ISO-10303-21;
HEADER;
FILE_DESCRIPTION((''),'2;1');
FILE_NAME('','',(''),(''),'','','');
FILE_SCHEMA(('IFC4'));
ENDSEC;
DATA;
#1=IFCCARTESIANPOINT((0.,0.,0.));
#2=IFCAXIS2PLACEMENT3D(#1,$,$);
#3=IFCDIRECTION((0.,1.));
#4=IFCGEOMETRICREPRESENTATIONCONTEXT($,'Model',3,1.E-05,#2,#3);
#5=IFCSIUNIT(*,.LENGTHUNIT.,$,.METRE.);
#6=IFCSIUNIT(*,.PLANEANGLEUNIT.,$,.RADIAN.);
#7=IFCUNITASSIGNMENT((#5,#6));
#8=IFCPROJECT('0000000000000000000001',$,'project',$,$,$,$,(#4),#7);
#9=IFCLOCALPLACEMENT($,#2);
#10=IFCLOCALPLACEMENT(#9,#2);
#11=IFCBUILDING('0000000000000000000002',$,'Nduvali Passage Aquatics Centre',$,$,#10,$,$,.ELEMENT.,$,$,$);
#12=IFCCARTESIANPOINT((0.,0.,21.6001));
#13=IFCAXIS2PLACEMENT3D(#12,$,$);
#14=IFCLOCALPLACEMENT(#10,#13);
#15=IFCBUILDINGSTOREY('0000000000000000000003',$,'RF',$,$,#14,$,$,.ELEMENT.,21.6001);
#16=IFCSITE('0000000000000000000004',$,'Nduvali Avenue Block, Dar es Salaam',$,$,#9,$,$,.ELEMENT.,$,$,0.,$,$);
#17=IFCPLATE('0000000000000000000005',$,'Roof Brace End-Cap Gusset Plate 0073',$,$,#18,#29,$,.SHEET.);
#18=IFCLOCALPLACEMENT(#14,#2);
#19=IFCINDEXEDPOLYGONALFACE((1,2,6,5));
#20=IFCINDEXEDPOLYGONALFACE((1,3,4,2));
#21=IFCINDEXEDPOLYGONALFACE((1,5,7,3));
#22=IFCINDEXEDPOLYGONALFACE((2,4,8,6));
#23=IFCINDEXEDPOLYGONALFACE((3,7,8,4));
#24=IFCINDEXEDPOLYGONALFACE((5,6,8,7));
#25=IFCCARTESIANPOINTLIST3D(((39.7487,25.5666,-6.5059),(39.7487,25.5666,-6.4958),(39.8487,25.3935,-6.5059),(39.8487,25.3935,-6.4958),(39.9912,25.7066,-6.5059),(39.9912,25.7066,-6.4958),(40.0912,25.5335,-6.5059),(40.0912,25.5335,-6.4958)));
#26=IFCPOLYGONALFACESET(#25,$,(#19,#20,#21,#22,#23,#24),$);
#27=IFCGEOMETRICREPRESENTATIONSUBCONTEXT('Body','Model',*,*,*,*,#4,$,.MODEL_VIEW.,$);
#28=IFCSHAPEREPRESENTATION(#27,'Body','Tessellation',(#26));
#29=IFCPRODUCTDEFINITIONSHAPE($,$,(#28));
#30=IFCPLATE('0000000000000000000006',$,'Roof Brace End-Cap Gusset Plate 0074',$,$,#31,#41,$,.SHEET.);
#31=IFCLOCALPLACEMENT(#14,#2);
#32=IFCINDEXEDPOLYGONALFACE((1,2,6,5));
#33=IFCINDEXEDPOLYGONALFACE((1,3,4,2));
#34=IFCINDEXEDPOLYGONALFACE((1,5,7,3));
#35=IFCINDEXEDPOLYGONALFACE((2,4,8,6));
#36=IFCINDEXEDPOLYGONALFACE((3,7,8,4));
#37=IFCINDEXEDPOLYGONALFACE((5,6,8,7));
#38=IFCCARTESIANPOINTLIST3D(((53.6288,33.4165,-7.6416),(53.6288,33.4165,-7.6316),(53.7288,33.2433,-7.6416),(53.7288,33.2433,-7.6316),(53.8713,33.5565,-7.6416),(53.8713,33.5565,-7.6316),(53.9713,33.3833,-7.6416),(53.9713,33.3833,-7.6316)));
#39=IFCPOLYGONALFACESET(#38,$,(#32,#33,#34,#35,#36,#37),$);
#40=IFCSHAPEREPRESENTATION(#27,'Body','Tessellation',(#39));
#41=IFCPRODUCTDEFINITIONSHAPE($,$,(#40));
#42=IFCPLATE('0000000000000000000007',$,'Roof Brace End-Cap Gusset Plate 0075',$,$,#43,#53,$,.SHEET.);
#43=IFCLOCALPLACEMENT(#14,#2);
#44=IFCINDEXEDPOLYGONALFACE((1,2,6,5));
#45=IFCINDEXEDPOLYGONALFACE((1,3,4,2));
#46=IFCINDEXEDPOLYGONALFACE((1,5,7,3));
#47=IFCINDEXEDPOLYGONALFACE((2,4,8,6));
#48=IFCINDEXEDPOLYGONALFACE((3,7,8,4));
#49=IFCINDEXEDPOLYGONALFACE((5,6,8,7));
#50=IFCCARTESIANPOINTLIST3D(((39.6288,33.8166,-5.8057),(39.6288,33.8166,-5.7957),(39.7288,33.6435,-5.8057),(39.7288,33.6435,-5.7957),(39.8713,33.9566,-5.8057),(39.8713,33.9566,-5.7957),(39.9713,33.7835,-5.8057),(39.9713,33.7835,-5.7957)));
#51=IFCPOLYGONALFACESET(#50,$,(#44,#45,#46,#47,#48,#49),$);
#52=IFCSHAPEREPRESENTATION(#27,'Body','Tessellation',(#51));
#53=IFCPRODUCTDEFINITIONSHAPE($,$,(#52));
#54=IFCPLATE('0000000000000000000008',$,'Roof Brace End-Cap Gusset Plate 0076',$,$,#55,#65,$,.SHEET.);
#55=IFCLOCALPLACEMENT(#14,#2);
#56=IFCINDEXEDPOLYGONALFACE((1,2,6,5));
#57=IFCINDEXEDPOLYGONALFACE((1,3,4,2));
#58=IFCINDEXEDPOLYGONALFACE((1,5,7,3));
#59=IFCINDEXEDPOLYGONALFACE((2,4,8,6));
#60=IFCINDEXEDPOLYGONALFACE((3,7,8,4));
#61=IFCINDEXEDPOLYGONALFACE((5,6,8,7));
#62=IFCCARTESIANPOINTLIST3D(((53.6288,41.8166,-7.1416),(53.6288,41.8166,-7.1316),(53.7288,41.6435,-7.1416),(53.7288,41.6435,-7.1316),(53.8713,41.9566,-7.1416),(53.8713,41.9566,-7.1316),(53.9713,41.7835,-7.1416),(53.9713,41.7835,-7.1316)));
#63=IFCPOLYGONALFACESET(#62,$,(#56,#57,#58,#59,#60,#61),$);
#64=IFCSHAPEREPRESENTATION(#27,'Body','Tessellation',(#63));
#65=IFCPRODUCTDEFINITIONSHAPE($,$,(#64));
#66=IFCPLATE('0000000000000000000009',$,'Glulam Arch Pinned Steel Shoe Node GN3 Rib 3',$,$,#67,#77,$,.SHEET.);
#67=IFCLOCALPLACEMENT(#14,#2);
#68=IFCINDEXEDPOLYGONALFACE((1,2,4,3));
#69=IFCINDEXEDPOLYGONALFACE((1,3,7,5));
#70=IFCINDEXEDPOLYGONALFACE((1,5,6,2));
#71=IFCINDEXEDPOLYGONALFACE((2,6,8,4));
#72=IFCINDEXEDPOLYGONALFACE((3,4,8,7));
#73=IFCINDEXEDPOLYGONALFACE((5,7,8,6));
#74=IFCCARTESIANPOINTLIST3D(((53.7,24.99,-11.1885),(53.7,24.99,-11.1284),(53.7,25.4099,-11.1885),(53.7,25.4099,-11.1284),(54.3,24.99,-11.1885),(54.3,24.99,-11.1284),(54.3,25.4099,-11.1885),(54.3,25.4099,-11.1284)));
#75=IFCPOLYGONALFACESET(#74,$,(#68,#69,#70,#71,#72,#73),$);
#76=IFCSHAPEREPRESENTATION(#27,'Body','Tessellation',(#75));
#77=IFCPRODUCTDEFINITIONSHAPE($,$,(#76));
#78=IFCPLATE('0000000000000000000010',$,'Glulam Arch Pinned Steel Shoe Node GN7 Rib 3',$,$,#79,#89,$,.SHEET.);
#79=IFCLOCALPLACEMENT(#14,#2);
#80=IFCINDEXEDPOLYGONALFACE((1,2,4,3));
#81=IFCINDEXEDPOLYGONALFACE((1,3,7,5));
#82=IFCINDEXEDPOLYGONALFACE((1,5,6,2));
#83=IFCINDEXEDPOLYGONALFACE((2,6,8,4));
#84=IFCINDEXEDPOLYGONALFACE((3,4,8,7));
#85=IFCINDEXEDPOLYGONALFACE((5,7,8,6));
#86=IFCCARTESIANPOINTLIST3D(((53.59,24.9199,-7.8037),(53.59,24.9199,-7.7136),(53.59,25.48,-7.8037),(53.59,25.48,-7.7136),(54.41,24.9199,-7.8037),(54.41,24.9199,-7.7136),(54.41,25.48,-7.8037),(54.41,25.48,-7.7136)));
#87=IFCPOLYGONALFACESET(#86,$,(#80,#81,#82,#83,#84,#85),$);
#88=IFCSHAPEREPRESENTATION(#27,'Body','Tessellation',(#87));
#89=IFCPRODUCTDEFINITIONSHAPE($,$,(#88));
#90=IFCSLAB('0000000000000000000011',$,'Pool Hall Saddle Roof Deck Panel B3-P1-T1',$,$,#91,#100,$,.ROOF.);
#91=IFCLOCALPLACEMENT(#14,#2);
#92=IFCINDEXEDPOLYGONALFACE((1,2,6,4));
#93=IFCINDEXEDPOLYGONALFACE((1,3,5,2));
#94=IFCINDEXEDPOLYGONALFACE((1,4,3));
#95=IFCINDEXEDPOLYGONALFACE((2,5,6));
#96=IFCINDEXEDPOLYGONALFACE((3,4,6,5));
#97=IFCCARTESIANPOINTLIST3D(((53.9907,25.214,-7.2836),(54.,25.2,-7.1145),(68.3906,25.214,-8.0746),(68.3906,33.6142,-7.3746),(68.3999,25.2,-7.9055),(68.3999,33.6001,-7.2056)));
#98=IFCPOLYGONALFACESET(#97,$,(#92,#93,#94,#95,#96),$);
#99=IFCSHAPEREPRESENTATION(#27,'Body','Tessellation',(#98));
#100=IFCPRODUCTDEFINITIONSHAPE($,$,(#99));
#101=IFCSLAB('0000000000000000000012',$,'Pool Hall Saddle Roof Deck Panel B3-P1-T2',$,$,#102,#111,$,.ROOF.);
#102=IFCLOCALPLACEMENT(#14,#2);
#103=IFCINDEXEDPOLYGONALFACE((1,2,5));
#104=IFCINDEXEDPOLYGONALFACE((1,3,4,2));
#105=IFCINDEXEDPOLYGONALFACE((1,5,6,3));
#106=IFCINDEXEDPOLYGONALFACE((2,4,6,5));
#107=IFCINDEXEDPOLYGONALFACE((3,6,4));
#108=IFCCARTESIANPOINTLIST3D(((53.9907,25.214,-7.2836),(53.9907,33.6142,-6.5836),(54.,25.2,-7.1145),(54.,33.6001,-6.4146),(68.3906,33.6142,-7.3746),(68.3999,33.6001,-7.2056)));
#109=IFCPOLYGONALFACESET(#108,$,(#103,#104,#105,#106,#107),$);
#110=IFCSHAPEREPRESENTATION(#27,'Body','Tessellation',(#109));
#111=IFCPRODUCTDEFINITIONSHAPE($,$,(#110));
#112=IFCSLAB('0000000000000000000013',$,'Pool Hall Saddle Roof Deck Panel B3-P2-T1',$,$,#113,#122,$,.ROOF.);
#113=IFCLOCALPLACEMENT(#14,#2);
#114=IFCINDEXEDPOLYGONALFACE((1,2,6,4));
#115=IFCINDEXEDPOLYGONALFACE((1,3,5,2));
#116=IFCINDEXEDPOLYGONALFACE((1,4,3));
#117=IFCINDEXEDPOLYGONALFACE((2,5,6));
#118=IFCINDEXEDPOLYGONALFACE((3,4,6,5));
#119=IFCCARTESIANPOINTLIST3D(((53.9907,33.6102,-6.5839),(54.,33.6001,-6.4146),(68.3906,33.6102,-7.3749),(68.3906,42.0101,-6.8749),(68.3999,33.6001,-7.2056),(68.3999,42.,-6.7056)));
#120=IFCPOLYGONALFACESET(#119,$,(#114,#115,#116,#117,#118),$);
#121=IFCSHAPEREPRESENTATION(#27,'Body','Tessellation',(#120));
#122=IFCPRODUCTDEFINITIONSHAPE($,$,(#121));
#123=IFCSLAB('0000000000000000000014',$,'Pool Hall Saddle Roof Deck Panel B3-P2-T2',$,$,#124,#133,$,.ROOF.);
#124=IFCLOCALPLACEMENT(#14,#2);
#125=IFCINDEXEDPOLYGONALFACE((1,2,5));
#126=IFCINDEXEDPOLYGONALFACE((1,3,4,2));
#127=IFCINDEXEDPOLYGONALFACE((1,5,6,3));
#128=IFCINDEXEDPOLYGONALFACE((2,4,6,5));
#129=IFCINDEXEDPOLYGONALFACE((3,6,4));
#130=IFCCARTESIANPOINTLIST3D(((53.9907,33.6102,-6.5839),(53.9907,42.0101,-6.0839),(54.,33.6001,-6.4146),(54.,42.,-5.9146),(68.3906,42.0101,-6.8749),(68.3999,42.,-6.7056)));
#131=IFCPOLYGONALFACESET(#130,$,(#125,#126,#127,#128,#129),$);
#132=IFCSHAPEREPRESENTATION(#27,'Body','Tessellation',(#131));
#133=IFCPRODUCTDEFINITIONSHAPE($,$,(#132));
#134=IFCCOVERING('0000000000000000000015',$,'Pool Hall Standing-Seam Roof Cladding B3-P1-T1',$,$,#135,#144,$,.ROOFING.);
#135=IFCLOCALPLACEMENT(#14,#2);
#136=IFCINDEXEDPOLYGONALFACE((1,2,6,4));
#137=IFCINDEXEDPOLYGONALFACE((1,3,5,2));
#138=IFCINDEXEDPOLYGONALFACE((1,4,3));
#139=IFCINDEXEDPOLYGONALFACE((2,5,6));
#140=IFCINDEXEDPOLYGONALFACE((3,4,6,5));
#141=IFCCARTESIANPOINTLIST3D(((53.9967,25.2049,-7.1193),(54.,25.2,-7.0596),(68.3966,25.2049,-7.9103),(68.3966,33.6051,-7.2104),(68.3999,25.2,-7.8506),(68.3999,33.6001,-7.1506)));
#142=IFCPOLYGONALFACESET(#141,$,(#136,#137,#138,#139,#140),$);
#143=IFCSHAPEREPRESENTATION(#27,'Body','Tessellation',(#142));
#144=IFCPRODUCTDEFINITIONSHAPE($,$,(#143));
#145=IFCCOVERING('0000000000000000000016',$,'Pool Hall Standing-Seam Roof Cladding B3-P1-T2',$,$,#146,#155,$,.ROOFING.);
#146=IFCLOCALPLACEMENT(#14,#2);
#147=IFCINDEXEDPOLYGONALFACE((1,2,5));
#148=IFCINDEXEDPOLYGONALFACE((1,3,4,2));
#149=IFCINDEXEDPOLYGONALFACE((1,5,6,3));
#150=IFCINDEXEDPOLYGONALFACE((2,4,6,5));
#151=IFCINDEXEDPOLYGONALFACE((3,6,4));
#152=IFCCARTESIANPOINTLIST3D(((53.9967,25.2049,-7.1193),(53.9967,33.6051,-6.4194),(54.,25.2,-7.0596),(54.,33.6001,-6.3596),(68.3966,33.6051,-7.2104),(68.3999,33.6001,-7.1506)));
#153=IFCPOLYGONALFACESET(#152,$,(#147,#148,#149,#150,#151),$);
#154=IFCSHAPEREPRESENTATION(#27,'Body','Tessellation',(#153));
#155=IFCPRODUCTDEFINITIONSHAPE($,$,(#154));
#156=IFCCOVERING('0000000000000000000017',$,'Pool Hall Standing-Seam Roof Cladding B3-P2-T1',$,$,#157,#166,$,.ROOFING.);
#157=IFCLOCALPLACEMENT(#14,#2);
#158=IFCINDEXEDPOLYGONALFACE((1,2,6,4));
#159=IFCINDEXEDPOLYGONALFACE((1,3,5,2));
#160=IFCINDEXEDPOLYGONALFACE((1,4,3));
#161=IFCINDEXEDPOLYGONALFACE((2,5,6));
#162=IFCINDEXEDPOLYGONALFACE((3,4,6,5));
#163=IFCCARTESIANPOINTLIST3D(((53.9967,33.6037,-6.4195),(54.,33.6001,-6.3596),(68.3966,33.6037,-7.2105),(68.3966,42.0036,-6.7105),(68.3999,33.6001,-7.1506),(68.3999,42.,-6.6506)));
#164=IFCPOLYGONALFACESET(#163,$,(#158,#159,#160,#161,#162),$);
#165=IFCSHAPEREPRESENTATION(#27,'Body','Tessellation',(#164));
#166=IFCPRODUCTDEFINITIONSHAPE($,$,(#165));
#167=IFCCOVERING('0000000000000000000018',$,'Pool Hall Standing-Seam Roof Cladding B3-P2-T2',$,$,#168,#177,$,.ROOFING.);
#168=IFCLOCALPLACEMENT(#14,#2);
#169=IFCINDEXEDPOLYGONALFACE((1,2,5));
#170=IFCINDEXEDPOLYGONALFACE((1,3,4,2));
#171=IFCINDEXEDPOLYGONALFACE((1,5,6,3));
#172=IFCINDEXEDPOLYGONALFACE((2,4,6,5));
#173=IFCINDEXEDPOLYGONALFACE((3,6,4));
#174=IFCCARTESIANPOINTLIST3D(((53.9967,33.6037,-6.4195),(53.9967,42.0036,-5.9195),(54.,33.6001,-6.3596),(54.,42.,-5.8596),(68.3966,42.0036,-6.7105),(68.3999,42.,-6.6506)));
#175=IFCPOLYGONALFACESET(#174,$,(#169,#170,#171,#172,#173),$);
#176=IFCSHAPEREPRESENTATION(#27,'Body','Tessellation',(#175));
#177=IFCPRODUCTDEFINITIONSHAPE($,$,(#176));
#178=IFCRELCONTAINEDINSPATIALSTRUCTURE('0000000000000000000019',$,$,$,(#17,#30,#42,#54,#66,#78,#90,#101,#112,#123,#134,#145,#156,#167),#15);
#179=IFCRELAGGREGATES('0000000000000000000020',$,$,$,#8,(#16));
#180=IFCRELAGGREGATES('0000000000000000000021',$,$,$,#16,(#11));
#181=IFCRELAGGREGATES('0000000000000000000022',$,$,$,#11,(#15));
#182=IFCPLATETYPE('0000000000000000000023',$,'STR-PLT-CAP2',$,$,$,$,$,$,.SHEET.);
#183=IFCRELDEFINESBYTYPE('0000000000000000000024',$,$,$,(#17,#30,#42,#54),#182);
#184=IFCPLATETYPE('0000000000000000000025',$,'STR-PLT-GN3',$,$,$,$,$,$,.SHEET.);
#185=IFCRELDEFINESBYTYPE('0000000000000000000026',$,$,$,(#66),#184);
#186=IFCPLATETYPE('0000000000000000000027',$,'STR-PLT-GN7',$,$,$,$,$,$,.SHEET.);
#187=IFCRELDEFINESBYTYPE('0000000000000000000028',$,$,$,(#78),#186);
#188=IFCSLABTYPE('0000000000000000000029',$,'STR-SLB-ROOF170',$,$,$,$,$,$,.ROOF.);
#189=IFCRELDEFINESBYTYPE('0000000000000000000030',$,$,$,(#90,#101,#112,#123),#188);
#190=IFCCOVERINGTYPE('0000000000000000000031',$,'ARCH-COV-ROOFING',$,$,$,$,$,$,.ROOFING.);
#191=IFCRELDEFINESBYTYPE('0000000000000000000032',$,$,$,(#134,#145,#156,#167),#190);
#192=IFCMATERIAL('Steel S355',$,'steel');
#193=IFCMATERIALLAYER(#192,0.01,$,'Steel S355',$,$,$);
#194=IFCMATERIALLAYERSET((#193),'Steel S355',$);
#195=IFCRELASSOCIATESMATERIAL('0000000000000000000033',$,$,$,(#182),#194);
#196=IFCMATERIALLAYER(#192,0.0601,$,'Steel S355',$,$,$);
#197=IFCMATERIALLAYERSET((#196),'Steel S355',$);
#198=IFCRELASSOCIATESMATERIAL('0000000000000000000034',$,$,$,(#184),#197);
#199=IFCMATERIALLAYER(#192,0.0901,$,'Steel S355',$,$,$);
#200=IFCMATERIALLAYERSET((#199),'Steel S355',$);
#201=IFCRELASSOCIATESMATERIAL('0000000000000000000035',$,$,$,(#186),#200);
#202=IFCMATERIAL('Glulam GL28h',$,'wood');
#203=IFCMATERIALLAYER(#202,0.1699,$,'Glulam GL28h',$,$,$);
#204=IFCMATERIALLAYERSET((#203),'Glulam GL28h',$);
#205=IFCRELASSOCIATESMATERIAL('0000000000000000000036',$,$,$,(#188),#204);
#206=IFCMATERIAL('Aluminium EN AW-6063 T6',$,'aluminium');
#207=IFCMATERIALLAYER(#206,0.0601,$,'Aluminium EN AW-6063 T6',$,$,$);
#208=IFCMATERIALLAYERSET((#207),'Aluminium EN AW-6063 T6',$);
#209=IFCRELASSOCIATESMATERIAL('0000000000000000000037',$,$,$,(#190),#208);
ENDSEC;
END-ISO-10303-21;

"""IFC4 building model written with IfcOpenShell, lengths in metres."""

from ifc_helpers import new_model, si_unit, direction, frame, origin, origin_2d, place, context, subcontext, project, spatial, polyline, rectangle, outline, extrude, material, layer, layer_set, type_object, element, save


model = new_model("IFC4")

# Units and contexts
model_context = context("Model", 3, precision=1e-05, world=origin(), true_north=direction((0.0, 1.0)))
body_context = subcontext(model_context, "Body", "Model", "MODEL_VIEW")
ifc_project = project(units=[si_unit("LENGTHUNIT", "METRE"), si_unit("PLANEANGLEUNIT", "RADIAN")], contexts=[model_context])

# Site, building, storey
site_placement = place(None, origin())
site = spatial("IfcSite", under=ifc_project, at=site_placement, Name="Nduvali Avenue Block, Dar es Salaam", CompositionType="ELEMENT", RefElevation=0.0)
building_placement = place(site_placement, origin())
building = spatial("IfcBuilding", under=site, at=building_placement, Name="Nduvali Passage Aquatics Centre", CompositionType="ELEMENT")
storey_placement = place(building_placement, frame((0.0, 0.0, 21.6001)))
storey = spatial("IfcBuildingStorey", under=building, at=storey_placement, Name="RF", CompositionType="ELEMENT", Elevation=21.6001)

# Shared definitions
ifc_material_1 = material(Name="Steel S355", Category="steel")
ifc_material_2 = material(Name="Glulam GL28h", Category="wood")

# Plates
ifc_layer_1 = layer(ifc_material_1, 0.01, Name="Steel S355")
ifc_layer_set_1 = layer_set([ifc_layer_1], Name="Steel S355")
plate_type_1 = type_object("IfcPlateType", Name="STR-PLT-CAP2", PredefinedType="SHEET", material=ifc_layer_set_1)
for number, where, z_axis, x_axis, name in (
    (1, (39.9199, 25.55, -6.5059), (0.0, 0.0, 1.0), (0.866025, 0.5, 0.0), "Roof Brace End-Cap Gusset Plate 0073"),
    (2, (53.8, 33.3999, -7.6416), (0.0, 0.0, 1.0), (0.866025, 0.5, 0.0), "Roof Brace End-Cap Gusset Plate 0074"),
    (3, (39.8, 33.8, -5.8057), (0.0, 0.0, 1.0), (0.866025, 0.5, 0.0), "Roof Brace End-Cap Gusset Plate 0075"),
    (4, (53.8, 41.8, -7.1416), (0.0, 0.0, 1.0), (0.866025, 0.5, 0.0), "Roof Brace End-Cap Gusset Plate 0076"),
):
    element("IfcPlate", number, at=place(storey_placement, frame(where, z_axis=z_axis, x_axis=x_axis)), inside=storey, type_object=plate_type_1, Name=name, PredefinedType="SHEET", context=body_context, shape_type="SweptSolid", body=[
        extrude(rectangle(XDim=0.28, YDim=0.2, at=origin_2d()), origin(), (0.0, 0.0, 1.0), 0.01),
    ])
ifc_layer_2 = layer(ifc_material_1, 0.0601, Name="Steel S355")
ifc_layer_set_2 = layer_set([ifc_layer_2], Name="Steel S355")
plate_type_2 = type_object("IfcPlateType", Name="STR-PLT-GN3", PredefinedType="SHEET", material=ifc_layer_set_2)
plate_1_placement = place(storey_placement, frame((54.0, 25.2, -11.1885), z_axis=(0.0, 0.0, 1.0), x_axis=(1.0, 0.0, 0.0)))
element("IfcPlate", 5, at=plate_1_placement, inside=storey, type_object=plate_type_2, Name="Glulam Arch Pinned Steel Shoe Node GN3 Rib 3", PredefinedType="SHEET", context=body_context, shape_type="SweptSolid", body=[
    extrude(rectangle(XDim=0.6001, YDim=0.4199, at=origin_2d()), origin(), (0.0, 0.0, 1.0), 0.0601),
])
ifc_layer_3 = layer(ifc_material_1, 0.0901, Name="Steel S355")
ifc_layer_set_3 = layer_set([ifc_layer_3], Name="Steel S355")
plate_type_3 = type_object("IfcPlateType", Name="STR-PLT-GN7", PredefinedType="SHEET", material=ifc_layer_set_3)
plate_2_placement = place(storey_placement, frame((54.0, 25.2, -7.8037), z_axis=(0.0, 0.0, 1.0), x_axis=(1.0, 0.0, 0.0)))
element("IfcPlate", 6, at=plate_2_placement, inside=storey, type_object=plate_type_3, Name="Glulam Arch Pinned Steel Shoe Node GN7 Rib 3", PredefinedType="SHEET", context=body_context, shape_type="SweptSolid", body=[
    extrude(rectangle(XDim=0.8201, YDim=0.5601, at=origin_2d()), origin(), (0.0, 0.0, 1.0), 0.0901),
])

# Slabs
ifc_layer_4 = layer(ifc_material_2, 0.1699, Name="Glulam GL28h")
ifc_layer_set_4 = layer_set([ifc_layer_4], Name="Glulam GL28h")
slab_type = type_object("IfcSlabType", Name="STR-SLB-ROOF170", PredefinedType="ROOF", material=ifc_layer_set_4)
slab_1_placement = place(storey_placement, frame((54.0, 25.2, -7.1145), z_axis=(0.05466, -0.082914, 0.995057), x_axis=(0.998495, 0.0, -0.054849)))
element("IfcSlab", 7, at=slab_1_placement, inside=storey, type_object=slab_type, Name="Pool Hall Saddle Roof Deck Panel B3-P1-T1", PredefinedType="ROOF", context=body_context, shape_type="SweptSolid", body=[
    extrude(outline(polyline([(0.0, 0.0), (14.4216, 0.0), (14.3832, 8.4292), (0.0, 0.0)])), origin(), (0.0, 0.0, -1.0), 0.1699),
])
slab_2_placement = place(storey_placement, frame((54.0, 25.2, -7.1145), z_axis=(0.05466, -0.082914, 0.995057), x_axis=(0.863761, 0.503873, -0.005462)))
element("IfcSlab", 8, at=slab_2_placement, inside=storey, type_object=slab_type, Name="Pool Hall Saddle Roof Deck Panel B3-P1-T2", PredefinedType="ROOF", context=body_context, shape_type="SweptSolid", body=[
    extrude(outline(polyline([(0.0, 0.0), (16.6712, 0.0), (4.2288, 7.2918), (0.0, 0.0)])), origin(), (0.0, 0.0, -1.0), 0.1699),
])
slab_3_placement = place(storey_placement, frame((54.0, 33.6001, -6.4146), z_axis=(0.054753, -0.05933, 0.996736), x_axis=(0.998495, 0.0, -0.054849)))
element("IfcSlab", 9, at=slab_3_placement, inside=storey, type_object=slab_type, Name="Pool Hall Saddle Roof Deck Panel B3-P2-T1", PredefinedType="ROOF", context=body_context, shape_type="SweptSolid", body=[
    extrude(outline(polyline([(0.0, 0.0), (14.4216, 0.0), (14.3942, 8.4147), (0.0, 0.0)])), origin(), (0.0, 0.0, -1.0), 0.1699),
])
slab_4_placement = place(storey_placement, frame((54.0, 33.6001, -6.4146), z_axis=(0.054753, -0.05933, 0.996736), x_axis=(0.863648, 0.503792, -0.017454)))
element("IfcSlab", 10, at=slab_4_placement, inside=storey, type_object=slab_type, Name="Pool Hall Saddle Roof Deck Panel B3-P2-T2", PredefinedType="ROOF", context=body_context, shape_type="SweptSolid", body=[
    extrude(outline(polyline([(0.0, 0.0), (16.6733, 0.0), (4.2231, 7.2783), (0.0, 0.0)])), origin(), (0.0, 0.0, -1.0), 0.1699),
])

# Coverings
ifc_material_3 = material(Name="Aluminium EN AW-6063 T6", Category="aluminium")
ifc_layer_5 = layer(ifc_material_3, 0.0601, Name="Aluminium EN AW-6063 T6")
ifc_layer_set_5 = layer_set([ifc_layer_5], Name="Aluminium EN AW-6063 T6")
covering_type = type_object("IfcCoveringType", Name="ARCH-COV-ROOFING", PredefinedType="ROOFING", material=ifc_layer_set_5)
covering_1_placement = place(storey_placement, frame((54.0, 25.2, -7.0596), z_axis=(0.05466, -0.082914, 0.995057), x_axis=(0.998495, 0.0, -0.054849)))
element("IfcCovering", 11, at=covering_1_placement, inside=storey, type_object=covering_type, Name="Pool Hall Standing-Seam Roof Cladding B3-P1-T1", PredefinedType="ROOFING", context=body_context, shape_type="SweptSolid", body=[
    extrude(outline(polyline([(0.0, 0.0), (14.4216, 0.0), (14.3832, 8.4292), (0.0, 0.0)])), origin(), (0.0, 0.0, -1.0), 0.0601),
])
covering_2_placement = place(storey_placement, frame((54.0, 25.2, -7.0596), z_axis=(0.05466, -0.082914, 0.995057), x_axis=(0.863761, 0.503873, -0.005462)))
element("IfcCovering", 12, at=covering_2_placement, inside=storey, type_object=covering_type, Name="Pool Hall Standing-Seam Roof Cladding B3-P1-T2", PredefinedType="ROOFING", context=body_context, shape_type="SweptSolid", body=[
    extrude(outline(polyline([(0.0, 0.0), (16.6712, 0.0), (4.2288, 7.2918), (0.0, 0.0)])), origin(), (0.0, 0.0, -1.0), 0.0601),
])
covering_3_placement = place(storey_placement, frame((54.0, 33.6001, -6.3596), z_axis=(0.054753, -0.05933, 0.996736), x_axis=(0.998495, 0.0, -0.054849)))
element("IfcCovering", 13, at=covering_3_placement, inside=storey, type_object=covering_type, Name="Pool Hall Standing-Seam Roof Cladding B3-P2-T1", PredefinedType="ROOFING", context=body_context, shape_type="SweptSolid", body=[
    extrude(outline(polyline([(0.0, 0.0), (14.4216, 0.0), (14.3942, 8.4147), (0.0, 0.0)])), origin(), (0.0, 0.0, -1.0), 0.0601),
])
covering_4_placement = place(storey_placement, frame((54.0, 33.6001, -6.3596), z_axis=(0.054753, -0.05933, 0.996736), x_axis=(0.863648, 0.503792, -0.017454)))
element("IfcCovering", 14, at=covering_4_placement, inside=storey, type_object=covering_type, Name="Pool Hall Standing-Seam Roof Cladding B3-P2-T2", PredefinedType="ROOFING", context=body_context, shape_type="SweptSolid", body=[
    extrude(outline(polyline([(0.0, 0.0), (16.6733, 0.0), (4.2231, 7.2783), (0.0, 0.0)])), origin(), (0.0, 0.0, -1.0), 0.0601),
])

save(model, "model.ifc")
